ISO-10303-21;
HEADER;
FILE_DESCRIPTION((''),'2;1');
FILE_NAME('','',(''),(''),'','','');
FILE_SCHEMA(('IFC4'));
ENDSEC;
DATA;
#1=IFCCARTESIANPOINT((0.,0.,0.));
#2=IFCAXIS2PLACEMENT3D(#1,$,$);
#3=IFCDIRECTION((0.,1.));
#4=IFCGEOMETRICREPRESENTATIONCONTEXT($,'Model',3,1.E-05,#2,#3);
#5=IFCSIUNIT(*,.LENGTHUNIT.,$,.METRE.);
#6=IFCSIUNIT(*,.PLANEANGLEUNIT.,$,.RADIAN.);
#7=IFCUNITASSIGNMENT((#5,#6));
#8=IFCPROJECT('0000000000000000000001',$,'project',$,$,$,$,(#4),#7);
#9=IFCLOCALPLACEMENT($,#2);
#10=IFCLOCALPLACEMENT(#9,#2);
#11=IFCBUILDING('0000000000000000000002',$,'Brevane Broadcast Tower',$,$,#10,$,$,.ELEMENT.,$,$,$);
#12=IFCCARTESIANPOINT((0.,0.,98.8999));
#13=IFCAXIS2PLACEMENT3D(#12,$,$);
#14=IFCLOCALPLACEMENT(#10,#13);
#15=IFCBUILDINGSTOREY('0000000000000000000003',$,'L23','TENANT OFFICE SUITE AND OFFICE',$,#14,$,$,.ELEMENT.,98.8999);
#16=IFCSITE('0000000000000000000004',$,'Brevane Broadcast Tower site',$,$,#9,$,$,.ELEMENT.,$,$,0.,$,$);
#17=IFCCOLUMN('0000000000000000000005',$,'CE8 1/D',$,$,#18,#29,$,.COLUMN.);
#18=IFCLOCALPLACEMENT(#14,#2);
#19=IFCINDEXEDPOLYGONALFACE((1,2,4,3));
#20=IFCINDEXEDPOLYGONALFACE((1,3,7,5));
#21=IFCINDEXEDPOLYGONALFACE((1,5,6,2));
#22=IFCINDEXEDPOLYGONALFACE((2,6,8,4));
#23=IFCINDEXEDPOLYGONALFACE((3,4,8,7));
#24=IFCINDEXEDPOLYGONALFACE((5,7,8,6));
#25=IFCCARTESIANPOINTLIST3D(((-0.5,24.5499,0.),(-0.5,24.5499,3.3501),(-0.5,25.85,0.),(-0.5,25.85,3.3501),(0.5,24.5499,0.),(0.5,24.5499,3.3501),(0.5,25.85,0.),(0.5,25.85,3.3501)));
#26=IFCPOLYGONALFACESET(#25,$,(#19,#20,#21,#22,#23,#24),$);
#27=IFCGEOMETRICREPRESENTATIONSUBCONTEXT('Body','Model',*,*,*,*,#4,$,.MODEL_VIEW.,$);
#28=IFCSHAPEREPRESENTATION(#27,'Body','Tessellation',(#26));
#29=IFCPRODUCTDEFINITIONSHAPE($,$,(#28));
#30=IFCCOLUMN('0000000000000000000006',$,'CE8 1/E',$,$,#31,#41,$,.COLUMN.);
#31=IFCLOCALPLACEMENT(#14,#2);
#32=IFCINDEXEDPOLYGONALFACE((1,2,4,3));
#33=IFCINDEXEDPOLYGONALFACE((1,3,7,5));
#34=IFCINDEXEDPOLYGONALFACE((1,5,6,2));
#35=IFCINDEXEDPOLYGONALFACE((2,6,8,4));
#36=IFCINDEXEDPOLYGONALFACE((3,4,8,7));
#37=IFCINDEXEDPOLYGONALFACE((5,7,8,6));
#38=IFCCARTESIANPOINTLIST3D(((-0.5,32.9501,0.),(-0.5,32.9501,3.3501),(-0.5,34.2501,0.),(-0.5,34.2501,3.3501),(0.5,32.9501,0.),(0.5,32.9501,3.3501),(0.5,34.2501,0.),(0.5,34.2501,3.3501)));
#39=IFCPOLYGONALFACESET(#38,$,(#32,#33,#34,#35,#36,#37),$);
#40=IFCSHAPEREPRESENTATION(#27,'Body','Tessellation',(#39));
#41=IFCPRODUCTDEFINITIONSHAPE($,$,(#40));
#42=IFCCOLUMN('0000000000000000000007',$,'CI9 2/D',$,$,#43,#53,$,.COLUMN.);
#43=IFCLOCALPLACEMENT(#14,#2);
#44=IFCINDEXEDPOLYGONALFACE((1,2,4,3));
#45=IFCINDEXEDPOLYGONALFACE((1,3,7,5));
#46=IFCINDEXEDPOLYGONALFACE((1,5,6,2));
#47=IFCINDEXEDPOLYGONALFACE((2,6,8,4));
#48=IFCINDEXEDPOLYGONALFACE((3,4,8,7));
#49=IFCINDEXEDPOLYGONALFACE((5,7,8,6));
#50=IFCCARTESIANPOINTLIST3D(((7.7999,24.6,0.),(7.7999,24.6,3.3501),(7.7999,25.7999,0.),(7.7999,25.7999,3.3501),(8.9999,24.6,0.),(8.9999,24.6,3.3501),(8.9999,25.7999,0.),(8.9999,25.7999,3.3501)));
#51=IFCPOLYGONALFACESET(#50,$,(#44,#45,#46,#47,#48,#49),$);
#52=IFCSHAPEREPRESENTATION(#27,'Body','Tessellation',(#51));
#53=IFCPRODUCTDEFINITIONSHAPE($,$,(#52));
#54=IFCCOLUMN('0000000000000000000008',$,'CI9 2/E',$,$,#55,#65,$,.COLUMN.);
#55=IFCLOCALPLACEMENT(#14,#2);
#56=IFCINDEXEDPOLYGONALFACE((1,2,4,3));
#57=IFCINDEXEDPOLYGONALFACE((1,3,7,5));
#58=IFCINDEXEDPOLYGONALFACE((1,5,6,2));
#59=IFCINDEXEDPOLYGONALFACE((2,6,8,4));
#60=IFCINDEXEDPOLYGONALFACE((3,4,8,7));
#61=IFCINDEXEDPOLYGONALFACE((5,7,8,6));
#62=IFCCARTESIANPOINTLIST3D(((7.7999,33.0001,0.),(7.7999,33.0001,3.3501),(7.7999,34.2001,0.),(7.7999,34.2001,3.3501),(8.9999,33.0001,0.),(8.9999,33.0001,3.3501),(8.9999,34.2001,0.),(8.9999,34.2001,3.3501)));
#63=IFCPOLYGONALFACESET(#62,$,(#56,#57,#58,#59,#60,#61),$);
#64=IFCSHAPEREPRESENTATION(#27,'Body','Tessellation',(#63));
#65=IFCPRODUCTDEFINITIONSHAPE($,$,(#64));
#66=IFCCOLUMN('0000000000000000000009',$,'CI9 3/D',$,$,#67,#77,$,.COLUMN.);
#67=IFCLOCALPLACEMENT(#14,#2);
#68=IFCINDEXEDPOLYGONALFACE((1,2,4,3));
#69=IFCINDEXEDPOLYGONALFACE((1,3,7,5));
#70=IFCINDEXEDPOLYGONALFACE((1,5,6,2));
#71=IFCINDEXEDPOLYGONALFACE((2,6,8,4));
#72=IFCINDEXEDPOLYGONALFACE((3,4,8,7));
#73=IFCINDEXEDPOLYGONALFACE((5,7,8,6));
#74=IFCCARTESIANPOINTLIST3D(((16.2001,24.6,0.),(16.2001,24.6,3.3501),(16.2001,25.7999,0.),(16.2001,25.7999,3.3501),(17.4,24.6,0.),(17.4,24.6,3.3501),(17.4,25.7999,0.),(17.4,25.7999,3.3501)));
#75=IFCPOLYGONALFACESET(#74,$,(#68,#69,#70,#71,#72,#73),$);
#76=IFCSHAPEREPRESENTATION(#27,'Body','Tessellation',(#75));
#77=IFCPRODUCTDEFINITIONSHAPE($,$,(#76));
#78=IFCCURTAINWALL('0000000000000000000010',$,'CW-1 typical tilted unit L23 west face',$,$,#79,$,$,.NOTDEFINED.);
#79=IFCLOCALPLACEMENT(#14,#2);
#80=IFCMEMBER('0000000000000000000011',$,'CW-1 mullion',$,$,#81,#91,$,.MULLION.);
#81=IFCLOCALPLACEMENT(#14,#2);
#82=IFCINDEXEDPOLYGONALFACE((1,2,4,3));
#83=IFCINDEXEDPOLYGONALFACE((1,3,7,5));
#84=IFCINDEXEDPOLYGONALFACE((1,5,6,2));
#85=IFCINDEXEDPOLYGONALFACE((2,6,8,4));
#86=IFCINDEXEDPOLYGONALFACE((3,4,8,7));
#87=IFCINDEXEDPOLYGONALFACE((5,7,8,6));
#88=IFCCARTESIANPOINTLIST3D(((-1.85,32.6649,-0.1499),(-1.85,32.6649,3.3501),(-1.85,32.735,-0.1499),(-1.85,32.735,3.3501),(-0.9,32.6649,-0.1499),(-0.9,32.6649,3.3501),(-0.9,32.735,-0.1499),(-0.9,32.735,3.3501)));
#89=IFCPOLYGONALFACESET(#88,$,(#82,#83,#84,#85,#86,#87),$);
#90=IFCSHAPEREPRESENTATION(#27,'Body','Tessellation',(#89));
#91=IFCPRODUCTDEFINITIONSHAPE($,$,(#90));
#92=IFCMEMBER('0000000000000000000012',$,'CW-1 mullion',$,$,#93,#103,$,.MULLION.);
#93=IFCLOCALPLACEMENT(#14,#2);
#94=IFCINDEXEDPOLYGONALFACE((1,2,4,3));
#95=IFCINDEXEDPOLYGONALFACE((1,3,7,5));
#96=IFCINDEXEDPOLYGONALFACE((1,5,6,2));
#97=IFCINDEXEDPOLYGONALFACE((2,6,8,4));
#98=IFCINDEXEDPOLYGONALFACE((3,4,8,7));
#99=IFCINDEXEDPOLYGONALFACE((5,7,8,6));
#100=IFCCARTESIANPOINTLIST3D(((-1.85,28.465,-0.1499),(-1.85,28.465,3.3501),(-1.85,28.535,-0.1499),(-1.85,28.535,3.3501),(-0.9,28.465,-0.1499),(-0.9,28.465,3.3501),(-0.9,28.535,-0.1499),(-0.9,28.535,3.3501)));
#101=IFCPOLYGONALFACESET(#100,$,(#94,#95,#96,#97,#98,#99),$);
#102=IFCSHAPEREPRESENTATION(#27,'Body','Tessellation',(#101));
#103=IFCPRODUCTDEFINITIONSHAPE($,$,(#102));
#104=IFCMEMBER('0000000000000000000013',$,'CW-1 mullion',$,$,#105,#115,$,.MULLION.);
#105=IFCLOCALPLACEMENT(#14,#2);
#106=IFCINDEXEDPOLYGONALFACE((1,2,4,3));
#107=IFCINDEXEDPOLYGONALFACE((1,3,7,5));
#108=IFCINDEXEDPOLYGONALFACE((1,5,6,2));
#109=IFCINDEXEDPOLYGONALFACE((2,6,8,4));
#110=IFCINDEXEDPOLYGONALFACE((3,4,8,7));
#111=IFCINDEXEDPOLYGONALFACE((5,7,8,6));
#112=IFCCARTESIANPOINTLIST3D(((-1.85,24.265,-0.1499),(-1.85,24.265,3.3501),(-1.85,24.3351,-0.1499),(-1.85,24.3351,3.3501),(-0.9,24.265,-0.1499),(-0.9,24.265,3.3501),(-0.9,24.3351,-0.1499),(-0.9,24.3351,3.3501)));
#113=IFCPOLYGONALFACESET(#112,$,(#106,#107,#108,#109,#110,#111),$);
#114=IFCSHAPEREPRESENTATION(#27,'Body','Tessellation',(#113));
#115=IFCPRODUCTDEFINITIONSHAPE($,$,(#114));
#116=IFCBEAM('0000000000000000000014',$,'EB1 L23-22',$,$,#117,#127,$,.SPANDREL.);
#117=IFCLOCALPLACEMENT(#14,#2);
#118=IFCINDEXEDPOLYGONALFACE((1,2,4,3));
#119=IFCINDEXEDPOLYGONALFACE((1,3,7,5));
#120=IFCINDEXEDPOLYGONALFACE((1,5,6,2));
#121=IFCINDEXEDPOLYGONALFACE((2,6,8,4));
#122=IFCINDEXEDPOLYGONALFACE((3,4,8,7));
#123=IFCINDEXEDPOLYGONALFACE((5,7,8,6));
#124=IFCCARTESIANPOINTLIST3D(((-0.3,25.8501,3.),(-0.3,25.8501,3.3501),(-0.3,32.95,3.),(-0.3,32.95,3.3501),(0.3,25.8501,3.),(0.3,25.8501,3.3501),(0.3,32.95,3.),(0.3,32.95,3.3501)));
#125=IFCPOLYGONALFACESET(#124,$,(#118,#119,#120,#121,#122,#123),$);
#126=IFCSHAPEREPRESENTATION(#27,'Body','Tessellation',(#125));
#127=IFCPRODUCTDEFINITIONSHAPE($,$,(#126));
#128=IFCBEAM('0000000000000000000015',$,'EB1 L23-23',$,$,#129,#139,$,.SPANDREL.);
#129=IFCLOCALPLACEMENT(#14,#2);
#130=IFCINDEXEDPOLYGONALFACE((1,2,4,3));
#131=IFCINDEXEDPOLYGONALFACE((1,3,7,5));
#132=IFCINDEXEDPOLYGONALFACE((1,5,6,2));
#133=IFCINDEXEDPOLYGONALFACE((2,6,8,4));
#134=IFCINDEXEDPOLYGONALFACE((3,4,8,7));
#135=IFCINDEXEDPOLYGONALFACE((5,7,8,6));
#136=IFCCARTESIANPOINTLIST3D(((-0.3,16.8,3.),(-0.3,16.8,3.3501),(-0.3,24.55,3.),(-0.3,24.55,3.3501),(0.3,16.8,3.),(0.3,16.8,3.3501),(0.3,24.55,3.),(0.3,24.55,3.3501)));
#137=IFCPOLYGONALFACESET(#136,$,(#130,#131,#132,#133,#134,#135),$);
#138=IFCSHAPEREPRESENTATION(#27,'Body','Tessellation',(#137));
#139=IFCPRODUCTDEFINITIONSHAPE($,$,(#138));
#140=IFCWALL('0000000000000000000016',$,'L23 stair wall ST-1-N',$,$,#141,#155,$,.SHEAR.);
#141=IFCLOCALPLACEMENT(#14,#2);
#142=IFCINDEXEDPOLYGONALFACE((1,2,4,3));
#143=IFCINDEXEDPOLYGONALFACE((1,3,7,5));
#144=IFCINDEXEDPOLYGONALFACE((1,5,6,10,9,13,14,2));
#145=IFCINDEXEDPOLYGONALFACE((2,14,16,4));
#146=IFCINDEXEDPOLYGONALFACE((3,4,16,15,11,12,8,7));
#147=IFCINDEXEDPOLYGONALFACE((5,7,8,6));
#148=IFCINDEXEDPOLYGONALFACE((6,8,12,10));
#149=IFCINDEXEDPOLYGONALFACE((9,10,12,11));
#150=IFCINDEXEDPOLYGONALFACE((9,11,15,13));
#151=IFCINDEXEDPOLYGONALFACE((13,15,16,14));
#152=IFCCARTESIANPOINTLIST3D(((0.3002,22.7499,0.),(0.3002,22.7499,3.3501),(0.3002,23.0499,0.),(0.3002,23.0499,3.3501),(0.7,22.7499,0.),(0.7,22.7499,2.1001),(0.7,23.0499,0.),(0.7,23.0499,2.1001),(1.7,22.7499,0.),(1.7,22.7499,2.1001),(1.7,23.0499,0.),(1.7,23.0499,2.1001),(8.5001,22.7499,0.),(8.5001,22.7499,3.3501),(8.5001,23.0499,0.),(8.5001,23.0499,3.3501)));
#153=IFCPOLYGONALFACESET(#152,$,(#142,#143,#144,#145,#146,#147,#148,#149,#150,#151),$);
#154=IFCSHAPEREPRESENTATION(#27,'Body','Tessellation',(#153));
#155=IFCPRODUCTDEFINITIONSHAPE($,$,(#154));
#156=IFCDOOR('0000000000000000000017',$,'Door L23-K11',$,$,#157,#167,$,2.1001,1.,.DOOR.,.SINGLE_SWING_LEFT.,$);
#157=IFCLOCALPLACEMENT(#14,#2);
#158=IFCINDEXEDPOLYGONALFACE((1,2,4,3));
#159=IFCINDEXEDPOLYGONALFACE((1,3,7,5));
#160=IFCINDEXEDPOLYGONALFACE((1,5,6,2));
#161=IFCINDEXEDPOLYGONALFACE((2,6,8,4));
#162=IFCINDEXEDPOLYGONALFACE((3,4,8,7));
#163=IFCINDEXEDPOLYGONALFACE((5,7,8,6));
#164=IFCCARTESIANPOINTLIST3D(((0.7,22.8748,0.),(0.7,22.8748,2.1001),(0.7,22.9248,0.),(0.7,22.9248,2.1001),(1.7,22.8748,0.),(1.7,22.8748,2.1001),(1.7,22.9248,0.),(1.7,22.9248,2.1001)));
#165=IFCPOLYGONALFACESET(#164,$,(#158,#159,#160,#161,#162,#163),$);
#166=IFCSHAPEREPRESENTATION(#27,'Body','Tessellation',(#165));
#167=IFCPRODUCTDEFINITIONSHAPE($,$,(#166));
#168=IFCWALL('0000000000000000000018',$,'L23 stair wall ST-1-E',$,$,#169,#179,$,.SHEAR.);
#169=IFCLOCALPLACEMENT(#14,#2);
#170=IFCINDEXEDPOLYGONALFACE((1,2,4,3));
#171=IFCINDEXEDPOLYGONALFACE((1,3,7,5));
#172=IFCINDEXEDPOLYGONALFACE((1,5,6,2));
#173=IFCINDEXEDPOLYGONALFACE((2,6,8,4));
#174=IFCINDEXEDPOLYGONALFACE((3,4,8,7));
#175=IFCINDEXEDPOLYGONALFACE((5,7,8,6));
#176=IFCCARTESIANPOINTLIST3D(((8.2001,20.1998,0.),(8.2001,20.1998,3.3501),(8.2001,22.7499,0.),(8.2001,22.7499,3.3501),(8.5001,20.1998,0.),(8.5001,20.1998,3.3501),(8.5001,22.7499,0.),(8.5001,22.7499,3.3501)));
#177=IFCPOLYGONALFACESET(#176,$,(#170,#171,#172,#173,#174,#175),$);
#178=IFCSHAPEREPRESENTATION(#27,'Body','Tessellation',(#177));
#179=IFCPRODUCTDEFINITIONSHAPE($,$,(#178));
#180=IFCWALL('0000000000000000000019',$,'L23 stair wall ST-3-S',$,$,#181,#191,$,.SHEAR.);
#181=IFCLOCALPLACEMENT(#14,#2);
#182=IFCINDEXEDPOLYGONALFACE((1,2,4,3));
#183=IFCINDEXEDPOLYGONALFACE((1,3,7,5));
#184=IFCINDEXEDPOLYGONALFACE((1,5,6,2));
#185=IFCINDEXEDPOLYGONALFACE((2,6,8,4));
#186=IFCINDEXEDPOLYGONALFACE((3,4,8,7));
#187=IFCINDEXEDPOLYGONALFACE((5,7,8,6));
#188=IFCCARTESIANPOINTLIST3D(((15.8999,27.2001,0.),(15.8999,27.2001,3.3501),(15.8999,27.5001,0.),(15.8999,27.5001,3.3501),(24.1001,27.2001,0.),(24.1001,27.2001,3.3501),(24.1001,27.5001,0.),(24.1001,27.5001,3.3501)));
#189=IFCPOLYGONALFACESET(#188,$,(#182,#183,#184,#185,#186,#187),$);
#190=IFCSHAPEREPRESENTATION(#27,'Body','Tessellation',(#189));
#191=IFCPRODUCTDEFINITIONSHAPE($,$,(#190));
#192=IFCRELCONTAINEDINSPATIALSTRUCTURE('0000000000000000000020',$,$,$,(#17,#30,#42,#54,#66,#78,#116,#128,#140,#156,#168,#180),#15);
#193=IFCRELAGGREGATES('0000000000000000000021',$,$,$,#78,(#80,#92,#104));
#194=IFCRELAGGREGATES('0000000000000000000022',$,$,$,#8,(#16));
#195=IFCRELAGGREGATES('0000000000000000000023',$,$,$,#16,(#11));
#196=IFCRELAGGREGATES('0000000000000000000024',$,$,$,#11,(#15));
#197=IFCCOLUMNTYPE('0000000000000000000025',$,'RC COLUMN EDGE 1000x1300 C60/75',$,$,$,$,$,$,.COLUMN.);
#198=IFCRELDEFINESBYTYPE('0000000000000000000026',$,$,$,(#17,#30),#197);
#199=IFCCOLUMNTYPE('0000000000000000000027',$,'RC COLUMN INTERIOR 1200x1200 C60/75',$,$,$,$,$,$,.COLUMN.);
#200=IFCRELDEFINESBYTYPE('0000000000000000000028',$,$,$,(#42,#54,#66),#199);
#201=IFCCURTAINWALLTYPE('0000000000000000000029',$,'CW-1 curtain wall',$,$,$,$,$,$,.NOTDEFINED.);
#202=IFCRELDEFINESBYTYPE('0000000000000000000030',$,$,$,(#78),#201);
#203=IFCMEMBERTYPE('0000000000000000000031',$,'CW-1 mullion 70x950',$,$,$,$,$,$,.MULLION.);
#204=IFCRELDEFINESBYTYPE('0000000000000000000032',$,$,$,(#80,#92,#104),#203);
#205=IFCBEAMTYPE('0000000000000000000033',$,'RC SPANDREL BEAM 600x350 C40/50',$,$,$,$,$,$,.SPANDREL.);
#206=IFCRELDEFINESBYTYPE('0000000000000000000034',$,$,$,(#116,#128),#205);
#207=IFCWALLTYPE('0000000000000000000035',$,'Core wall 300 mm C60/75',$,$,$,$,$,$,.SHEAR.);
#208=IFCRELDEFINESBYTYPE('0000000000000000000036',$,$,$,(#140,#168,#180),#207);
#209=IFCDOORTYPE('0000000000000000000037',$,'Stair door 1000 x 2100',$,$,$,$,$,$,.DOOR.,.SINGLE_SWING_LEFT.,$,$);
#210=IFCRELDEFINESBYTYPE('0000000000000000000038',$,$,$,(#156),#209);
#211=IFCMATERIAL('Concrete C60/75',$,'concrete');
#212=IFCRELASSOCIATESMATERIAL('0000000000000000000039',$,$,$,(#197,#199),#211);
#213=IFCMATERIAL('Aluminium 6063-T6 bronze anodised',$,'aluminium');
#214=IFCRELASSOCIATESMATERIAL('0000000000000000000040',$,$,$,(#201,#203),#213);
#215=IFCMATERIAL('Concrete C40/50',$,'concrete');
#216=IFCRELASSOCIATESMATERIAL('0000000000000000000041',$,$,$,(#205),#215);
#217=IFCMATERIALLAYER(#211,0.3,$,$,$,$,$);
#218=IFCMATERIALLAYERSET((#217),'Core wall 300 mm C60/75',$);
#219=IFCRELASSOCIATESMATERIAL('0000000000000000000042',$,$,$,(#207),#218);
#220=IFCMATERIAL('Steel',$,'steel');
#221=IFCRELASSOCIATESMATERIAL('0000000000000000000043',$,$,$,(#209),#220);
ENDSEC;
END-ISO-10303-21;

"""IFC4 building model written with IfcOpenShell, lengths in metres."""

from ifc_helpers import new_model, si_unit, direction, frame, frame_2d, origin, origin_2d, place, context, subcontext, project, spatial, rectangle, extrude, material, layer, layer_set, material_profile, profile_set, type_object, element, fill, aggregate, save


model = new_model("IFC4")

# Units and contexts
model_context = context("Model", 3, precision=1e-05, world=origin(), true_north=direction((0.0, 1.0)))
body_context = subcontext(model_context, "Body", "Model", "MODEL_VIEW")
ifc_project = project(units=[si_unit("LENGTHUNIT", "METRE"), si_unit("PLANEANGLEUNIT", "RADIAN")], contexts=[model_context])

# Site, building, storey
site_placement = place(None, origin())
site = spatial("IfcSite", under=ifc_project, at=site_placement, Name="Brevane Broadcast Tower site", CompositionType="ELEMENT", RefElevation=0.0)
building_placement = place(site_placement, origin())
building = spatial("IfcBuilding", under=site, at=building_placement, Name="Brevane Broadcast Tower", CompositionType="ELEMENT")
storey_placement = place(building_placement, frame((0.0, 0.0, 98.8999)))
storey = spatial("IfcBuildingStorey", under=building, at=storey_placement, Name="L23", Description="TENANT OFFICE SUITE AND OFFICE", CompositionType="ELEMENT", Elevation=98.8999)

# Columns
ifc_material_1 = material(Name="Concrete C60/75", Category="concrete")
ifc_material_profile_1 = material_profile(ifc_material_1, rectangle(XDim=1.0, YDim=1.3, at=origin_2d()), Name="RC 1000x1300")
ifc_profile_set_1 = profile_set([ifc_material_profile_1], Name="Concrete C60/75")
column_type_1 = type_object("IfcColumnType", Name="RC COLUMN EDGE 1000x1300 C60/75", PredefinedType="COLUMN", material=ifc_profile_set_1)
for number, where, z_axis, x_axis, name in (
    (1, (0.0, 25.2, 0.0), (0.0, 0.0, 1.0), (1.0, 0.0, 0.0), "CE8 1/D"),
    (2, (0.0, 33.6001, 0.0), (0.0, 0.0, 1.0), (1.0, 0.0, 0.0), "CE8 1/E"),
):
    element("IfcColumn", number, at=place(storey_placement, frame(where, z_axis=z_axis, x_axis=x_axis)), inside=storey, type_object=column_type_1, Name=name, PredefinedType="COLUMN", context=body_context, shape_type="SweptSolid", body=[
        extrude(rectangle(XDim=1.0, YDim=1.3, at=origin_2d()), origin(), (0.0, 0.0, 1.0), 3.3501),
    ])
ifc_material_profile_2 = material_profile(ifc_material_1, rectangle(XDim=1.2, YDim=1.2, at=origin_2d()), Name="RC 1200x1200")
ifc_profile_set_2 = profile_set([ifc_material_profile_2], Name="Concrete C60/75")
column_type_2 = type_object("IfcColumnType", Name="RC COLUMN INTERIOR 1200x1200 C60/75", PredefinedType="COLUMN", material=ifc_profile_set_2)
for number, where, z_axis, x_axis, name in (
    (3, (8.3999, 25.2, 0.0), (0.0, 0.0, 1.0), (1.0, 0.0, 0.0), "CI9 2/D"),
    (4, (8.3999, 33.6001, 0.0), (0.0, 0.0, 1.0), (1.0, 0.0, 0.0), "CI9 2/E"),
    (5, (16.8, 25.2, 0.0), (0.0, 0.0, 1.0), (1.0, 0.0, 0.0), "CI9 3/D"),
):
    element("IfcColumn", number, at=place(storey_placement, frame(where, z_axis=z_axis, x_axis=x_axis)), inside=storey, type_object=column_type_2, Name=name, PredefinedType="COLUMN", context=body_context, shape_type="SweptSolid", body=[
        extrude(rectangle(XDim=1.2, YDim=1.2, at=origin_2d()), origin(), (0.0, 0.0, 1.0), 3.3501),
    ])

# Curtain wall, members
ifc_material_2 = material(Name="Aluminium 6063-T6 bronze anodised", Category="aluminium")
curtain_wall_type = type_object("IfcCurtainWallType", Name="CW-1 curtain wall", PredefinedType="NOTDEFINED", material=ifc_material_2)
curtain_wall_placement = place(storey_placement, origin())
curtain_wall = element("IfcCurtainWall", 6, at=curtain_wall_placement, inside=storey, type_object=curtain_wall_type, Name="CW-1 typical tilted unit L23 west face", PredefinedType="NOTDEFINED")
ifc_material_profile_3 = material_profile(ifc_material_2, rectangle(XDim=0.95, YDim=0.0701, at=origin_2d()), Name="RECT 70x950")
ifc_profile_set_3 = profile_set([ifc_material_profile_3], Name="Aluminium 6063-T6 bronze anodised")
member_type = type_object("IfcMemberType", Name="CW-1 mullion 70x950", PredefinedType="MULLION", material=ifc_profile_set_3)
member_1_placement = place(storey_placement, frame((-1.375, 32.7, -0.1499), z_axis=(0.0, 0.0, 1.0), x_axis=(1.0, 0.0, 0.0)))
member_1 = element("IfcMember", 7, at=member_1_placement, type_object=member_type, Name="CW-1 mullion", PredefinedType="MULLION", context=body_context, shape_type="SweptSolid", body=[
    extrude(rectangle(XDim=0.95, YDim=0.0701, at=origin_2d()), origin(), (0.0, 0.0, 1.0), 3.5),
])
member_2_placement = place(storey_placement, frame((-1.375, 28.5, -0.1499), z_axis=(0.0, 0.0, 1.0), x_axis=(1.0, 0.0, 0.0)))
member_2 = element("IfcMember", 8, at=member_2_placement, type_object=member_type, Name="CW-1 mullion", PredefinedType="MULLION", context=body_context, shape_type="SweptSolid", body=[
    extrude(rectangle(XDim=0.95, YDim=0.0701, at=origin_2d()), origin(), (0.0, 0.0, 1.0), 3.5),
])
member_3_placement = place(storey_placement, frame((-1.375, 24.3, -0.1499), z_axis=(0.0, 0.0, 1.0), x_axis=(1.0, 0.0, 0.0)))
member_3 = element("IfcMember", 9, at=member_3_placement, type_object=member_type, Name="CW-1 mullion", PredefinedType="MULLION", context=body_context, shape_type="SweptSolid", body=[
    extrude(rectangle(XDim=0.95, YDim=0.0701, at=origin_2d()), origin(), (0.0, 0.0, 1.0), 3.5),
])
aggregate(curtain_wall, [member_1, member_2, member_3])

# Beams
ifc_material_3 = material(Name="Concrete C40/50", Category="concrete")
ifc_material_profile_4 = material_profile(ifc_material_3, rectangle(XDim=0.6001, YDim=0.3501, at=origin_2d()), Name="RC 600x350")
ifc_profile_set_4 = profile_set([ifc_material_profile_4], Name="Concrete C40/50")
beam_type = type_object("IfcBeamType", Name="RC SPANDREL BEAM 600x350 C40/50", PredefinedType="SPANDREL", material=ifc_profile_set_4)
beam_1_placement = place(storey_placement, frame((0.0, 32.95, 3.175), z_axis=(0.0, -1.0, 0.0), x_axis=(1.0, 0.0, 0.0)))
element("IfcBeam", 10, at=beam_1_placement, inside=storey, type_object=beam_type, Name="EB1 L23-22", PredefinedType="SPANDREL", context=body_context, shape_type="SweptSolid", body=[
    extrude(rectangle(XDim=0.6001, YDim=0.3501, at=origin_2d()), origin(), (0.0, 0.0, 1.0), 7.0999),
])
beam_2_placement = place(storey_placement, frame((0.0, 24.55, 3.175), z_axis=(0.0, -1.0, 0.0), x_axis=(1.0, 0.0, 0.0)))
element("IfcBeam", 11, at=beam_2_placement, inside=storey, type_object=beam_type, Name="EB1 L23-23", PredefinedType="SPANDREL", context=body_context, shape_type="SweptSolid", body=[
    extrude(rectangle(XDim=0.6001, YDim=0.3501, at=origin_2d()), origin(), (0.0, 0.0, 1.0), 7.75),
])

# Wall, opening, door
ifc_layer_1 = layer(ifc_material_1, 0.3)
ifc_layer_set_1 = layer_set([ifc_layer_1], Name="Core wall 300 mm C60/75")
wall_type_1 = type_object("IfcWallType", Name="Core wall 300 mm C60/75", PredefinedType="SHEAR", material=ifc_layer_set_1)
wall_1_placement = place(storey_placement, frame((0.3, 22.8999, 0.0), z_axis=(0.0, 0.0, 1.0), x_axis=(1.0, 0.0, 0.0)))
wall_1 = element("IfcWall", 12, at=wall_1_placement, inside=storey, type_object=wall_type_1, Name="L23 stair wall ST-1-N", PredefinedType="SHEAR", context=body_context, shape_type="SweptSolid", body=[
    extrude(rectangle(XDim=8.2, YDim=0.3, at=frame_2d((4.1001, 0.0))), origin(), (0.0, 0.0, 1.0), 3.3501),
])
opening_1_placement = place(wall_1_placement, frame((0.3999, 0.0, 0.0)))
opening_1 = element("IfcOpeningElement", 13, at=opening_1_placement, cuts=wall_1, PredefinedType="OPENING", context=body_context, shape_type="SweptSolid", body=[
    extrude(rectangle(XDim=1.0, YDim=2.1001, at=frame_2d((0.5, 1.05))), frame((0.0, 0.1599, 0.0), z_axis=(0.0, -1.0, 0.0), x_axis=(1.0, 0.0, 0.0)), (0.0, 0.0, 1.0), 0.3201),
])
ifc_material_4 = material(Name="Steel", Category="steel")
door_type_1 = type_object("IfcDoorType", Name="Stair door 1000 x 2100", OperationType="SINGLE_SWING_LEFT", PredefinedType="DOOR", material=ifc_material_4)
door_1_placement = place(opening_1_placement, origin())
door_1 = element("IfcDoor", 14, at=door_1_placement, inside=storey, type_object=door_type_1, Name="Door L23-K11", OperationType="SINGLE_SWING_LEFT", OverallHeight=2.1001, OverallWidth=1.0, PredefinedType="DOOR", context=body_context, shape_type="SweptSolid", body=[
    extrude(rectangle(XDim=1.0, YDim=2.1001, at=frame_2d((0.5, 1.05))), frame((0.0, 0.0249, 0.0), z_axis=(0.0, -1.0, 0.0), x_axis=(1.0, 0.0, 0.0)), (0.0, 0.0, 1.0), 0.05),
])
fill(opening_1, door_1)

# Walls
wall_2_placement = place(storey_placement, frame((8.3501, 20.2, 0.0), z_axis=(0.0, 0.0, 1.0), x_axis=(0.0, 1.0, 0.0)))
element("IfcWall", 15, at=wall_2_placement, inside=storey, type_object=wall_type_1, Name="L23 stair wall ST-1-E", PredefinedType="SHEAR", context=body_context, shape_type="SweptSolid", body=[
    extrude(rectangle(XDim=2.55, YDim=0.3, at=frame_2d((1.2749, 0.0))), origin(), (0.0, 0.0, 1.0), 3.3501),
])
for number, where, z_axis, x_axis, name in (
    (16, (15.8999, 27.3501, 0.0), (0.0, 0.0, 1.0), (1.0, 0.0, 0.0), "L23 stair wall ST-3-S"),
):
    element("IfcWall", number, at=place(storey_placement, frame(where, z_axis=z_axis, x_axis=x_axis)), inside=storey, type_object=wall_type_1, Name=name, PredefinedType="SHEAR", context=body_context, shape_type="SweptSolid", body=[
        extrude(rectangle(XDim=8.2002, YDim=0.3, at=frame_2d((4.1001, 0.0))), origin(), (0.0, 0.0, 1.0), 3.3501),
    ])

save(model, "model.ifc")
